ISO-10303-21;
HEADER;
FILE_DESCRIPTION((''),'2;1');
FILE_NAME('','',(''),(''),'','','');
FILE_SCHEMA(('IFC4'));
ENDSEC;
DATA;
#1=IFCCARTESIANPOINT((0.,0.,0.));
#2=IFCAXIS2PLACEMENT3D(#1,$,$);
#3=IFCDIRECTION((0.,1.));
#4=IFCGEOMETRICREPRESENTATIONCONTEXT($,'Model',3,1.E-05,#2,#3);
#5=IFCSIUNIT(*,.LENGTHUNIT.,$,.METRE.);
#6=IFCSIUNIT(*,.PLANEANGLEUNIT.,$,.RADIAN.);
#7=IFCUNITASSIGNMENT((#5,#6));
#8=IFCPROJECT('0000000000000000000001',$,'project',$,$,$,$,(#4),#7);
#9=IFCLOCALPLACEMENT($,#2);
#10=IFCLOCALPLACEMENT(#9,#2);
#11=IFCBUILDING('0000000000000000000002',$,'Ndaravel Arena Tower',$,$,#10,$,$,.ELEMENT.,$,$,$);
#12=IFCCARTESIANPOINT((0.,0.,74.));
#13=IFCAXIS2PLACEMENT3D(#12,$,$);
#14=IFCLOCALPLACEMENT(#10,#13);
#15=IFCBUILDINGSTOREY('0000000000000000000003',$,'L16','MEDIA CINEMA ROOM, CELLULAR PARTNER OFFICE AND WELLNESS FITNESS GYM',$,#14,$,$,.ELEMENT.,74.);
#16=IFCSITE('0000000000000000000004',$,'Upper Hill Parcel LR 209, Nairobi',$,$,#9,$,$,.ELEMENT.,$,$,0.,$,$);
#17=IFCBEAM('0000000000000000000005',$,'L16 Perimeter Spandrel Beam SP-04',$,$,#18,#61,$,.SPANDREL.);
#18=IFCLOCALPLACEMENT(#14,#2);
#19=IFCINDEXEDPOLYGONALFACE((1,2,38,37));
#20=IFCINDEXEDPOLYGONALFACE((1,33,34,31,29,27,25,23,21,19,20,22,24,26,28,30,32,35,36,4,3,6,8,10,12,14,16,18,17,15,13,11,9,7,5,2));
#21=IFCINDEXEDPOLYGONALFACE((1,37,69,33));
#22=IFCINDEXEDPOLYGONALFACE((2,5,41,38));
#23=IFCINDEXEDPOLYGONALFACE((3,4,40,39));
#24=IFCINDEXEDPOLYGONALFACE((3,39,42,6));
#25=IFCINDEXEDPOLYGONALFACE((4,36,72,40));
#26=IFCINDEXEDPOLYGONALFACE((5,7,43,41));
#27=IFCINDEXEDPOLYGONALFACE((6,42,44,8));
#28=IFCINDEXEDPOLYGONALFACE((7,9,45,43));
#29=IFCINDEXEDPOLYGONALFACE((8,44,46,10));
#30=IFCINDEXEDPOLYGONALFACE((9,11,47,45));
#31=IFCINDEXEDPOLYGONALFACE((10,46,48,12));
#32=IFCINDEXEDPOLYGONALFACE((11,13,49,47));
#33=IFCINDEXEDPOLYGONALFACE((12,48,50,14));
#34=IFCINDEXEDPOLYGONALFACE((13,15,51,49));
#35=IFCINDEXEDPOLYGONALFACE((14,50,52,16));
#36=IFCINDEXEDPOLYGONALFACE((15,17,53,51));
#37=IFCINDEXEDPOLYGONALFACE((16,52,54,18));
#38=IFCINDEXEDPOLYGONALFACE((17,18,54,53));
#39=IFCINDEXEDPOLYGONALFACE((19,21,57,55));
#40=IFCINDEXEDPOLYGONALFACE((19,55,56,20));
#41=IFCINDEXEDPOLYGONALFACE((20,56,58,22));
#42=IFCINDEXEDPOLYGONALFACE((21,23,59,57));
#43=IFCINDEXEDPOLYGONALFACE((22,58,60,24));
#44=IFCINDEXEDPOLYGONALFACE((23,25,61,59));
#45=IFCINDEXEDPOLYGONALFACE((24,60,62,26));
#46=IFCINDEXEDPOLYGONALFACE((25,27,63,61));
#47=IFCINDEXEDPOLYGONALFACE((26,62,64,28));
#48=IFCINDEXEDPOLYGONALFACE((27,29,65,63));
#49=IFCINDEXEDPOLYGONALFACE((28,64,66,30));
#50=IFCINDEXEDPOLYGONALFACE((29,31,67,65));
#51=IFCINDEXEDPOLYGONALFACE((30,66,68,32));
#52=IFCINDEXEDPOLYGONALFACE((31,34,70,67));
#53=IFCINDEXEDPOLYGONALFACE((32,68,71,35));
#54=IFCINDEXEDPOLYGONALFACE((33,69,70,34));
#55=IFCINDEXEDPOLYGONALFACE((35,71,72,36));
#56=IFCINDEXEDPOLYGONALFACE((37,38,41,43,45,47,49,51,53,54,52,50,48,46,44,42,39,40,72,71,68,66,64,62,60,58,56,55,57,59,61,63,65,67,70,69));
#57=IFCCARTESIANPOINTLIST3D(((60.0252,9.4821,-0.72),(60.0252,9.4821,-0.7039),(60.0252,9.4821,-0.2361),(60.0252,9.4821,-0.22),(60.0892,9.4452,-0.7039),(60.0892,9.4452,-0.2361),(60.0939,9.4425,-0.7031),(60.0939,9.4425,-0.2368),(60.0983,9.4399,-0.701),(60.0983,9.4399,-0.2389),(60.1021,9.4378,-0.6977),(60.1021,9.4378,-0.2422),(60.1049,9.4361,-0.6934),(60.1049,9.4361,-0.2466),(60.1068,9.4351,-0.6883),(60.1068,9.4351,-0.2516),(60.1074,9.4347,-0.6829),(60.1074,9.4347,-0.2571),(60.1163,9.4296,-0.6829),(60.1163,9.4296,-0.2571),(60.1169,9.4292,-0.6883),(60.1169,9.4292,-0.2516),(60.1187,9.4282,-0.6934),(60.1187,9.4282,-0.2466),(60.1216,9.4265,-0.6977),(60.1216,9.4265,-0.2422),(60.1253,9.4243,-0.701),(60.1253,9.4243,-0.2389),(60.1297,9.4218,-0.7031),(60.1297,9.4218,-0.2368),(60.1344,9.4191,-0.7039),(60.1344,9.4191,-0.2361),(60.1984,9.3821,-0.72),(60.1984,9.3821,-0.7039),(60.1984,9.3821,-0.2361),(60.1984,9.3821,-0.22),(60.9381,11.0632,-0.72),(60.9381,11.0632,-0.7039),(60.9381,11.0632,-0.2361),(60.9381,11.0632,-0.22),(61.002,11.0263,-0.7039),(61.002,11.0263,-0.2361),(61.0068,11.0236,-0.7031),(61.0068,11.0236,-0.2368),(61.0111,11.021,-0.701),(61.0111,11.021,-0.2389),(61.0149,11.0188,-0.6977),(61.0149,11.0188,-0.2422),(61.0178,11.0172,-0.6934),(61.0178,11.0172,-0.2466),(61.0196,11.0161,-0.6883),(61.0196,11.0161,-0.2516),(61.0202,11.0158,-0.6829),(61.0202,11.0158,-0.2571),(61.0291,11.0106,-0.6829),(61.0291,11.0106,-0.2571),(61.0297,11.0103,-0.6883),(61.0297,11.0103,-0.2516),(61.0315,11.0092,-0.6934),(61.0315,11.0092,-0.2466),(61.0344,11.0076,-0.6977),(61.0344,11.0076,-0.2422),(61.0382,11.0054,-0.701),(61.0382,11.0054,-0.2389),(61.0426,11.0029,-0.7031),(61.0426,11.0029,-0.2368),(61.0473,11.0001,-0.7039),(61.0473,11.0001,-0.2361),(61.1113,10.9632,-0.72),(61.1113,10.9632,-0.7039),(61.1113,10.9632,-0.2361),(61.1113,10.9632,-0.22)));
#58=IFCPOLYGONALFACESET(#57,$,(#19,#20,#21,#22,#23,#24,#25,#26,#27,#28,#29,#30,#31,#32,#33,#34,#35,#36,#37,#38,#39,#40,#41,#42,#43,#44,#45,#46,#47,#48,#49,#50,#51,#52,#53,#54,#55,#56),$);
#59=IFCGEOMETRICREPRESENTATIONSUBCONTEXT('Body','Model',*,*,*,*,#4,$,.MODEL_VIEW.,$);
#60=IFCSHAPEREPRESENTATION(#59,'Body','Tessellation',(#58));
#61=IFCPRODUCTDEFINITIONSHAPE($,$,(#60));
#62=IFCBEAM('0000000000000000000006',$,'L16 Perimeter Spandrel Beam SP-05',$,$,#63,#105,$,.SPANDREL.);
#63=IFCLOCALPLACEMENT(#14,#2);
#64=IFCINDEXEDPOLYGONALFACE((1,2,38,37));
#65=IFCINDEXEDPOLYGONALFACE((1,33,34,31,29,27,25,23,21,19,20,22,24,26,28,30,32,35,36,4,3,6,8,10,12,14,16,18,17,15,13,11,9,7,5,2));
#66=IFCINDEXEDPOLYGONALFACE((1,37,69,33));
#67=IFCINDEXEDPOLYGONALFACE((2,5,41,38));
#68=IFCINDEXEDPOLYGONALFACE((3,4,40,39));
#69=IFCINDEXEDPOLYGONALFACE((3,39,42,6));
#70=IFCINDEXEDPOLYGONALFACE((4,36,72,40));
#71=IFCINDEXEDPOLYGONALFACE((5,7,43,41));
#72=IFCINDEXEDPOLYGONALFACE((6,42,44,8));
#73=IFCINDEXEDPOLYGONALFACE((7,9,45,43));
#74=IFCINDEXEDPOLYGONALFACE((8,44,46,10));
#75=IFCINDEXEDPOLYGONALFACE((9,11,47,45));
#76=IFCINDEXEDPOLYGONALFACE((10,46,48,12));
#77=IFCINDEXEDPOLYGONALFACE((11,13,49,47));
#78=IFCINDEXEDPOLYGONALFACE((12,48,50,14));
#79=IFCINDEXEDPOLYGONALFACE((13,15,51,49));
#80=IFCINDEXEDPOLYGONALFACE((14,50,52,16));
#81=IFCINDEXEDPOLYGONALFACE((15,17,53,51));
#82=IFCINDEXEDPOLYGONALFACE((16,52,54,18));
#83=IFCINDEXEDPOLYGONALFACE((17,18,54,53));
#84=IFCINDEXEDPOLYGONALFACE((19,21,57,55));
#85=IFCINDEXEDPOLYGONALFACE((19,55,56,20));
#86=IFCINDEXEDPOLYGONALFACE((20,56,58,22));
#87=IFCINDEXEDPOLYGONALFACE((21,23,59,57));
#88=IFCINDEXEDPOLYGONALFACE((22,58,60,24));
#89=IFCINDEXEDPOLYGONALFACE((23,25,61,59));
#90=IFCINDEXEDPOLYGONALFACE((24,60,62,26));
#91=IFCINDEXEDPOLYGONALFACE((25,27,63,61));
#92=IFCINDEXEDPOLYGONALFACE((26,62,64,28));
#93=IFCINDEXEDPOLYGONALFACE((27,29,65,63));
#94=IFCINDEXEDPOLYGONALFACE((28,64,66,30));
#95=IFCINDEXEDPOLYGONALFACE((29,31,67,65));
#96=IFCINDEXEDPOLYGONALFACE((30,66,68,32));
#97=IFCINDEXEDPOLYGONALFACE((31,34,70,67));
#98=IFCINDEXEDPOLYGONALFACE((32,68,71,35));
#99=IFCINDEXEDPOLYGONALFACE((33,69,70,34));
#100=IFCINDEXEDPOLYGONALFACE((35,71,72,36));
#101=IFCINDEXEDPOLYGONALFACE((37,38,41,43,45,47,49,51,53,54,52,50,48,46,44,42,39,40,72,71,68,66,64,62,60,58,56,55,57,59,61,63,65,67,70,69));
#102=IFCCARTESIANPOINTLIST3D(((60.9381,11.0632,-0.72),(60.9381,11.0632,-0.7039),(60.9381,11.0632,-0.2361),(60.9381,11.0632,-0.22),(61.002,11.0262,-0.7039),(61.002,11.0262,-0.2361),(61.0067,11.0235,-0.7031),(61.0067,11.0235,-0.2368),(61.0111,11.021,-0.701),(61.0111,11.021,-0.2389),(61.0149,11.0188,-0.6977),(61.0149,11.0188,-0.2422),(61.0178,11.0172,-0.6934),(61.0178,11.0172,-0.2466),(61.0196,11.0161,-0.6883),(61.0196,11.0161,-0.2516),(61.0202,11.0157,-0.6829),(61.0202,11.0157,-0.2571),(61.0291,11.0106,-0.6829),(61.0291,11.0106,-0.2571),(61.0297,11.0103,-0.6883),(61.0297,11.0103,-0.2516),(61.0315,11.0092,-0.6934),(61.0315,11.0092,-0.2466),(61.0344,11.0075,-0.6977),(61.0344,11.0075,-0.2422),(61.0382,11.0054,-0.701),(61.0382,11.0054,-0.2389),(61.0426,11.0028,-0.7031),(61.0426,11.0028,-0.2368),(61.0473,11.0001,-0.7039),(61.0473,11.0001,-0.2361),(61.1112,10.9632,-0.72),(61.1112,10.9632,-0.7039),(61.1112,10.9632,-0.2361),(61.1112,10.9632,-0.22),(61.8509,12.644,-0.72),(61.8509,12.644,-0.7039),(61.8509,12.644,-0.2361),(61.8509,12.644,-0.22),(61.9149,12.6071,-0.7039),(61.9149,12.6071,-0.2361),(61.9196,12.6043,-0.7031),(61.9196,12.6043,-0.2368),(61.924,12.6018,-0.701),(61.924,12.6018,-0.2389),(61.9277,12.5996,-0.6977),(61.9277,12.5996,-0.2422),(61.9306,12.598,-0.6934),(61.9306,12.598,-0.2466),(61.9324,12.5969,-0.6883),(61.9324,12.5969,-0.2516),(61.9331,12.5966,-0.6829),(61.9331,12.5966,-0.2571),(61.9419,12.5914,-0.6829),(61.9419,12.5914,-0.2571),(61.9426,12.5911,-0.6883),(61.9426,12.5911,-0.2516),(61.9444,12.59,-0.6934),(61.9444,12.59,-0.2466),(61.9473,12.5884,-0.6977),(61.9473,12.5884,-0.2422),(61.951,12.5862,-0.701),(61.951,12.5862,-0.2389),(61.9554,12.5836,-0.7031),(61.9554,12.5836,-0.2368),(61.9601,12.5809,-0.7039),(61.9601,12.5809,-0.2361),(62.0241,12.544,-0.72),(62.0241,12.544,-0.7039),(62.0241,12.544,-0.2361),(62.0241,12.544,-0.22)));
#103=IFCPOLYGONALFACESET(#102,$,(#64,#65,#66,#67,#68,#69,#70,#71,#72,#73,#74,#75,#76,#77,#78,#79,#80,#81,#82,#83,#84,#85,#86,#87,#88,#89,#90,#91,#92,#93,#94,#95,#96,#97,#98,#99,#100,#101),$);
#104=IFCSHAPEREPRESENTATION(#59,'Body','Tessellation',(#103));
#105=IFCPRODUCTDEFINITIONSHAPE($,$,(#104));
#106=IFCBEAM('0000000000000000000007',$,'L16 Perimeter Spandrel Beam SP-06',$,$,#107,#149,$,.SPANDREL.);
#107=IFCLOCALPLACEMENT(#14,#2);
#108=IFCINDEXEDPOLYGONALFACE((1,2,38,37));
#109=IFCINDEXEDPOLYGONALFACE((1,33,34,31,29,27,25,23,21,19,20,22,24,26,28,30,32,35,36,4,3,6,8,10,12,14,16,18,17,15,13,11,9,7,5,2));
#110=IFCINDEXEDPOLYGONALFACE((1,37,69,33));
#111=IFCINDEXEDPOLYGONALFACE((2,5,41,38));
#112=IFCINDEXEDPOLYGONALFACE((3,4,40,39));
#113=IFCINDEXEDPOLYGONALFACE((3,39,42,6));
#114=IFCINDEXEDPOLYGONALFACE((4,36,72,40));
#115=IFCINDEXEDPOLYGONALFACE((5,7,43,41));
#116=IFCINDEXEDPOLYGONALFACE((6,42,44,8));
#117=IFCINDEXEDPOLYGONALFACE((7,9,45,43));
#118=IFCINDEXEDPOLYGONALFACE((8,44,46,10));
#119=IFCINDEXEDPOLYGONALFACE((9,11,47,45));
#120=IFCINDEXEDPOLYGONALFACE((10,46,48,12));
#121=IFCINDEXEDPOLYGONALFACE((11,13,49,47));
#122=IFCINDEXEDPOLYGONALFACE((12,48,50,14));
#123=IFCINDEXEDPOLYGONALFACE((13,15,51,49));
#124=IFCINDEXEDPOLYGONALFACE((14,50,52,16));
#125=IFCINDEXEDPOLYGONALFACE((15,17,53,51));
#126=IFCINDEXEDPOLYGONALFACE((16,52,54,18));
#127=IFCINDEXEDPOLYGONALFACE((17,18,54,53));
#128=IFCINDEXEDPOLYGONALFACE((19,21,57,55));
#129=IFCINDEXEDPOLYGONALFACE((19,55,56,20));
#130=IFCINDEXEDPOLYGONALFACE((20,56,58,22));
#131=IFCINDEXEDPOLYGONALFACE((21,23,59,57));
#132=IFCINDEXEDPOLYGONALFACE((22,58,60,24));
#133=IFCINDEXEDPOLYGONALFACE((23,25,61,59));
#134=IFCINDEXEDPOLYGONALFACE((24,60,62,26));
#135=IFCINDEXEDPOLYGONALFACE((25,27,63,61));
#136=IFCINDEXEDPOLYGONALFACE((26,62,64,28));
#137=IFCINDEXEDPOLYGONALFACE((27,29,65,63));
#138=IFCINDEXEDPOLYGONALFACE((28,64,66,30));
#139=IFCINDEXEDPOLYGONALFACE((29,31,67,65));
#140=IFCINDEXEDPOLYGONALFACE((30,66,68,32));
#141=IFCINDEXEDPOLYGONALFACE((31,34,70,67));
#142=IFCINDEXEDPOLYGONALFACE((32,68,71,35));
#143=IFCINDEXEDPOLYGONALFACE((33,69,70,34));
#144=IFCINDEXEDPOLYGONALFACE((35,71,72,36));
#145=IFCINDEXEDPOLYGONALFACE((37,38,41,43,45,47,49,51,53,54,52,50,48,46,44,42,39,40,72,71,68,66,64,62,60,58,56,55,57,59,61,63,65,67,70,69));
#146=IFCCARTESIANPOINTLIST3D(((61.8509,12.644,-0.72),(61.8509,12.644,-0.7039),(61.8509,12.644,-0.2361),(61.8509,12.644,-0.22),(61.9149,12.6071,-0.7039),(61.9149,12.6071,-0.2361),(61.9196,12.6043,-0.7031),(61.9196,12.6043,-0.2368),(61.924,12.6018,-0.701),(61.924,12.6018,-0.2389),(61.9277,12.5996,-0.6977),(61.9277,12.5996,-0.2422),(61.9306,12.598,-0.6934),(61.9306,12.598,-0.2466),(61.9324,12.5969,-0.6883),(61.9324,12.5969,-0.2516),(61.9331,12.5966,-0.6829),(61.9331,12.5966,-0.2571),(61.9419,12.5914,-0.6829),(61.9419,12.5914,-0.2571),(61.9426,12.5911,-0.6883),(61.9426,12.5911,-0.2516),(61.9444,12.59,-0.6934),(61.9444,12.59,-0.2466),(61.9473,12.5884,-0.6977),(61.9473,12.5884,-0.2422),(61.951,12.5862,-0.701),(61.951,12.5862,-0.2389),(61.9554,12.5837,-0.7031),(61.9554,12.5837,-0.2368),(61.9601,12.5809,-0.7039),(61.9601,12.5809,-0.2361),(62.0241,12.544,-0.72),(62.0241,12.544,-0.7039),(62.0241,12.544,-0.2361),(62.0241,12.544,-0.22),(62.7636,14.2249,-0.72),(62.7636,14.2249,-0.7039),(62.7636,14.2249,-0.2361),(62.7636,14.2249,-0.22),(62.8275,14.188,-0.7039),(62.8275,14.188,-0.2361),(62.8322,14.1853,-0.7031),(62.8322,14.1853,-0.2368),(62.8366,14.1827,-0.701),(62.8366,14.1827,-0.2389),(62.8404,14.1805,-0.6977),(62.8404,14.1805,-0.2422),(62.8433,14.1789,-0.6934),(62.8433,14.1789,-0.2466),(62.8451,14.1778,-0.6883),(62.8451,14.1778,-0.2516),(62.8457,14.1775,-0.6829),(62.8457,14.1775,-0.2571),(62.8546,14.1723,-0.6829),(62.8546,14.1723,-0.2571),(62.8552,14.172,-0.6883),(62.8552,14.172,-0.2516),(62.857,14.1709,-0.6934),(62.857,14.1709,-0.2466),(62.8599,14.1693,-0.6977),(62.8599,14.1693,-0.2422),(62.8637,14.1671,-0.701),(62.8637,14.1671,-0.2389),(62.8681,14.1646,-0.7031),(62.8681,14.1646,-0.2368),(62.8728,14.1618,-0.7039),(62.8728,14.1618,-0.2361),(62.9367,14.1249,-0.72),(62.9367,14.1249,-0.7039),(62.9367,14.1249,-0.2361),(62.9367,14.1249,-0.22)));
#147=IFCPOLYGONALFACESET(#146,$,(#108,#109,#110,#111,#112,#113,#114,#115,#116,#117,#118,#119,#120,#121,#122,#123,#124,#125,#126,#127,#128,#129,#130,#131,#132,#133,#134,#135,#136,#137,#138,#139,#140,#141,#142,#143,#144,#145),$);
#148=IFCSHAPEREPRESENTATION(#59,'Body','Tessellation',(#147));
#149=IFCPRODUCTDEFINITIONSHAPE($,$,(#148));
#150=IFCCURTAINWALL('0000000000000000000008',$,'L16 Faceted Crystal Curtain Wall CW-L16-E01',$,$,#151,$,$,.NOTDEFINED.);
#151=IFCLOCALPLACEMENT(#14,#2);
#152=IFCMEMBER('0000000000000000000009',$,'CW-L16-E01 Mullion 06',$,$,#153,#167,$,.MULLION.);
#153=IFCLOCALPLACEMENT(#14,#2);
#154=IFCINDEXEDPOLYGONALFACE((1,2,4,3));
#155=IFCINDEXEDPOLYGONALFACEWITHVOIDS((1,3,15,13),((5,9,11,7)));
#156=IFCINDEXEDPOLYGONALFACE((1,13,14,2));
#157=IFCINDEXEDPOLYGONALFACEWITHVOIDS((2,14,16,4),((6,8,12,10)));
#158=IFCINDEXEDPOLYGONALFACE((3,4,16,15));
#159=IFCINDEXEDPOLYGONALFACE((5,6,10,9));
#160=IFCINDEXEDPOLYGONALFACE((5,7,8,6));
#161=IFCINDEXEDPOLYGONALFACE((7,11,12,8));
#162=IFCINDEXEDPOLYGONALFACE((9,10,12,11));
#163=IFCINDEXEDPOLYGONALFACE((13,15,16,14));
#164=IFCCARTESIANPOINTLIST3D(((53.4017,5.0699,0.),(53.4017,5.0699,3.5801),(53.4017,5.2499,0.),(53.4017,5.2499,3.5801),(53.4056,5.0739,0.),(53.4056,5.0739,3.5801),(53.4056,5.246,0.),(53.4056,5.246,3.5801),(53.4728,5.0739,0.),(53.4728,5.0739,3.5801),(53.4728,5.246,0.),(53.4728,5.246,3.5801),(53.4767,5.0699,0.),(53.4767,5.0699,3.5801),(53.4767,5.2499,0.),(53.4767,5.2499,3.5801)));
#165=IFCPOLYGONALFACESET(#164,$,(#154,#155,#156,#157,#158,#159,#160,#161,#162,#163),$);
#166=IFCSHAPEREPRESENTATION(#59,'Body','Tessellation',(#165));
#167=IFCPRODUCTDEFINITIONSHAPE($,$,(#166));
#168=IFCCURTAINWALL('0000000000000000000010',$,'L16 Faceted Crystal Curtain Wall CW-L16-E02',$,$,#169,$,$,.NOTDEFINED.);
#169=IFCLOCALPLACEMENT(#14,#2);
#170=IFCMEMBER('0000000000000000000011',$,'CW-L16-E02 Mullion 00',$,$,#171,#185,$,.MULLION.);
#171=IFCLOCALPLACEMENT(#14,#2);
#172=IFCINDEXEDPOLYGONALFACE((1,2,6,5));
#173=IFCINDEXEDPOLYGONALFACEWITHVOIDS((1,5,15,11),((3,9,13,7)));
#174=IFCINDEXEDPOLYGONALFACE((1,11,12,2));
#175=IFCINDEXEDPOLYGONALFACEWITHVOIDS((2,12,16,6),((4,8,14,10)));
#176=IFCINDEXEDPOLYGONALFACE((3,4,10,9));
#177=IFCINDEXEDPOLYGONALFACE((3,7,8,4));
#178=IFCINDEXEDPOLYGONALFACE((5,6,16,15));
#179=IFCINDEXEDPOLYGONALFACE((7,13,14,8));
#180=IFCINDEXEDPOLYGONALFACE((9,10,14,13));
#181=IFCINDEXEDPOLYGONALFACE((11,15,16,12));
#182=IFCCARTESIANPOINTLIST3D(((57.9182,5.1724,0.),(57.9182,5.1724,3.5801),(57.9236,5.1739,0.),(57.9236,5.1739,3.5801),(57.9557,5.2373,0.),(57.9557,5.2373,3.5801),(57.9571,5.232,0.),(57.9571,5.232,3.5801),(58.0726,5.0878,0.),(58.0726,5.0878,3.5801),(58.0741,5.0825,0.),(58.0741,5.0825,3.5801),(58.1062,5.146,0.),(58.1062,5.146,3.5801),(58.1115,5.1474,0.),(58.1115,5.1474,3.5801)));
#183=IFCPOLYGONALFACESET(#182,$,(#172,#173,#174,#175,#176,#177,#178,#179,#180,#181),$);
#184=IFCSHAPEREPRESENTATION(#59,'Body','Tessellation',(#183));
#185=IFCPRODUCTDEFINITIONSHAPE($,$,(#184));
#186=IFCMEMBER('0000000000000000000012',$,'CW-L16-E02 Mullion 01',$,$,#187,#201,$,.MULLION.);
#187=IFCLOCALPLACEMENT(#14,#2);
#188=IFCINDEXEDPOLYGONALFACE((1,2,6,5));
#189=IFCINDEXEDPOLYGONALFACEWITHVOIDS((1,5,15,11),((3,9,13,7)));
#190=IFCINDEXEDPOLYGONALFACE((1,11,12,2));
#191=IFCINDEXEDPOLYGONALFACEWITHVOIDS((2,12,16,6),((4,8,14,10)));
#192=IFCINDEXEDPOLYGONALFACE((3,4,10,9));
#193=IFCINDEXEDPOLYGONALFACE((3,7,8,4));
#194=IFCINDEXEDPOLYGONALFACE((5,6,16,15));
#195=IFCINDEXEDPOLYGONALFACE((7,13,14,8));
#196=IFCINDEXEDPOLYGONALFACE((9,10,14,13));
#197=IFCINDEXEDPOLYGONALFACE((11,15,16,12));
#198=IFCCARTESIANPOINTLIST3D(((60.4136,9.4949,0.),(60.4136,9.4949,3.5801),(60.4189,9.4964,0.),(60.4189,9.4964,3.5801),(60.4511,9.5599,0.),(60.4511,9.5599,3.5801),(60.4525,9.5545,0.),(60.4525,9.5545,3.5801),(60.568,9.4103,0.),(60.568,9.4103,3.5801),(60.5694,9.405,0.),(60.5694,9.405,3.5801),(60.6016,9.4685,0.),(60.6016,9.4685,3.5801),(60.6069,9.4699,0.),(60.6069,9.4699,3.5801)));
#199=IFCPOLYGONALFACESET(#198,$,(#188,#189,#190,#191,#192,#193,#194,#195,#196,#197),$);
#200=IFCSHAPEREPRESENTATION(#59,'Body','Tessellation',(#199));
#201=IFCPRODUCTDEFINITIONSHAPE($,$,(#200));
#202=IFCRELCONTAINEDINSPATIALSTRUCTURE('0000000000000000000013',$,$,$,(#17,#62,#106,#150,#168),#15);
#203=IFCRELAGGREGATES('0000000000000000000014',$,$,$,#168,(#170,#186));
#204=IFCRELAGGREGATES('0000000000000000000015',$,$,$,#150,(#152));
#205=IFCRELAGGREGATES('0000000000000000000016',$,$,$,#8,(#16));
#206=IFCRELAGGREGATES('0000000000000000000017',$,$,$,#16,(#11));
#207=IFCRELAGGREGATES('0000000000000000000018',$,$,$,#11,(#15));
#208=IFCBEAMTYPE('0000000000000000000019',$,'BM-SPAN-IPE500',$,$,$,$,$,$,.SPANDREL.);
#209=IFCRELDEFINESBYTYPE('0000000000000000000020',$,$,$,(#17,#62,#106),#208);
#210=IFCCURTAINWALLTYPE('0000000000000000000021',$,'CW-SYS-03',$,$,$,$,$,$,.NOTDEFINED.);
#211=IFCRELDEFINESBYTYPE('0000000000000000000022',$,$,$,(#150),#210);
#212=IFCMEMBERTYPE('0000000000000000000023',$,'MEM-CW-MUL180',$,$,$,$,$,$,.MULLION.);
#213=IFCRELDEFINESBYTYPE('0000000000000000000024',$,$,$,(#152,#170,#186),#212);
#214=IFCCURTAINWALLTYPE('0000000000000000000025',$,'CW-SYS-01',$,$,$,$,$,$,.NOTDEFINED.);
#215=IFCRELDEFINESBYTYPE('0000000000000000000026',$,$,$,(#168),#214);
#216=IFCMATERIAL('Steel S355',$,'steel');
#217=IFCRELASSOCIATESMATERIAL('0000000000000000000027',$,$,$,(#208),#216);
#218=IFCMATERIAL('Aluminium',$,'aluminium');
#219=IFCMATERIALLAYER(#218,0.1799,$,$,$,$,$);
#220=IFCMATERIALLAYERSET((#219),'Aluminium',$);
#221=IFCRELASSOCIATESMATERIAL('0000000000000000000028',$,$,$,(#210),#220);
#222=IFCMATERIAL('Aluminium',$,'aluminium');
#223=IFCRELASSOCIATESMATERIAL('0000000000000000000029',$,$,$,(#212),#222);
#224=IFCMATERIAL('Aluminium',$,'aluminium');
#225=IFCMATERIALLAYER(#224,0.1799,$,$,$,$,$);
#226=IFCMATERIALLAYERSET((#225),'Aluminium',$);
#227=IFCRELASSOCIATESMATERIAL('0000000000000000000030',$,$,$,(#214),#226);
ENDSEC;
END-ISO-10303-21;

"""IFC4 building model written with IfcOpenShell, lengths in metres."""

from ifc_helpers import new_model, si_unit, direction, frame, origin, origin_2d, place, context, subcontext, project, spatial, hollow_rectangle, i_section, extrude, material, layer, layer_set, material_profile, profile_set, type_object, element, aggregate, save


model = new_model("IFC4")

# Units and contexts
model_context = context("Model", 3, precision=1e-05, world=origin(), true_north=direction((0.0, 1.0)))
body_context = subcontext(model_context, "Body", "Model", "MODEL_VIEW")
ifc_project = project(units=[si_unit("LENGTHUNIT", "METRE"), si_unit("PLANEANGLEUNIT", "RADIAN")], contexts=[model_context])

# Site, building, storey
site_placement = place(None, origin())
site = spatial("IfcSite", under=ifc_project, at=site_placement, Name="Upper Hill Parcel LR 209, Nairobi", CompositionType="ELEMENT", RefElevation=0.0)
building_placement = place(site_placement, origin())
building = spatial("IfcBuilding", under=site, at=building_placement, Name="Ndaravel Arena Tower", CompositionType="ELEMENT")
storey_placement = place(building_placement, frame((0.0, 0.0, 74.0)))
storey = spatial("IfcBuildingStorey", under=building, at=storey_placement, Name="L16", Description="MEDIA CINEMA ROOM, CELLULAR PARTNER OFFICE AND WELLNESS FITNESS GYM", CompositionType="ELEMENT", Elevation=74.0)

# Beams
ifc_material_1 = material(Name="Steel S355", Category="steel")
ifc_material_profile_1 = material_profile(ifc_material_1, i_section(OverallWidth=0.2, OverallDepth=0.5, WebThickness=0.0103, FlangeThickness=0.0161, FilletRadius=0.021, at=origin_2d()), Name="IPE 500")
ifc_profile_set_1 = profile_set([ifc_material_profile_1], Name="Steel S355")
beam_type = type_object("IfcBeamType", Name="BM-SPAN-IPE500", PredefinedType="SPANDREL", material=ifc_profile_set_1)
beam_placement = place(storey_placement, frame((60.1118, 9.4321, -0.47), z_axis=(0.500008, 0.866021, 0.0), x_axis=(-0.866021, 0.500008, 0.0)))
element("IfcBeam", 1, at=beam_placement, inside=storey, type_object=beam_type, Name="L16 Perimeter Spandrel Beam SP-04", PredefinedType="SPANDREL", context=body_context, shape_type="SweptSolid", body=[
    extrude(i_section(OverallWidth=0.2, OverallDepth=0.5, WebThickness=0.0103, FlangeThickness=0.0161, FilletRadius=0.021, at=origin_2d()), origin(), (0.0, 0.0, 1.0), 1.8257),
])
for number, where, z_axis, x_axis, name in (
    (2, (61.0247, 11.0132, -0.47), (0.500066, 0.865987, 0.0), (-0.865987, 0.500066, 0.0), "L16 Perimeter Spandrel Beam SP-05"),
    (3, (61.9375, 12.594, -0.47), (0.499966, 0.866045, 0.0), (-0.866045, 0.499966, 0.0), "L16 Perimeter Spandrel Beam SP-06"),
):
    element("IfcBeam", number, at=place(storey_placement, frame(where, z_axis=z_axis, x_axis=x_axis)), inside=storey, type_object=beam_type, Name=name, PredefinedType="SPANDREL", context=body_context, shape_type="SweptSolid", body=[
        extrude(i_section(OverallWidth=0.2, OverallDepth=0.5, WebThickness=0.0103, FlangeThickness=0.0161, FilletRadius=0.021, at=origin_2d()), origin(), (0.0, 0.0, 1.0), 1.8254),
    ])

# Curtain wall, member
ifc_material_2 = material(Name="Aluminium", Category="aluminium")
ifc_layer_1 = layer(ifc_material_2, 0.1799)
ifc_layer_set_1 = layer_set([ifc_layer_1], Name="Aluminium")
curtain_wall_type_1 = type_object("IfcCurtainWallType", Name="CW-SYS-03", PredefinedType="NOTDEFINED", material=ifc_layer_set_1)
curtain_wall_1_placement = place(storey_placement, origin())
curtain_wall_1 = element("IfcCurtainWall", 4, at=curtain_wall_1_placement, inside=storey, type_object=curtain_wall_type_1, Name="L16 Faceted Crystal Curtain Wall CW-L16-E01", PredefinedType="NOTDEFINED")
ifc_material_3 = material(Name="Aluminium", Category="aluminium")
ifc_material_profile_2 = material_profile(ifc_material_3, hollow_rectangle(XDim=0.075, YDim=0.1799, WallThickness=0.0039, at=origin_2d()), Name="CW MULLION 75x180x4")
ifc_profile_set_2 = profile_set([ifc_material_profile_2], Name="Aluminium")
member_type_1 = type_object("IfcMemberType", Name="MEM-CW-MUL180", PredefinedType="MULLION", material=ifc_profile_set_2)
member_1_placement = place(storey_placement, frame((53.4392, 5.1599, 0.0), z_axis=(0.0, 0.0, 1.0), x_axis=(1.0, 0.0, 0.0)))
member_1 = element("IfcMember", 5, at=member_1_placement, type_object=member_type_1, Name="CW-L16-E01 Mullion 06", PredefinedType="MULLION", context=body_context, shape_type="SweptSolid", body=[
    extrude(hollow_rectangle(XDim=0.075, YDim=0.1799, WallThickness=0.0039, at=origin_2d()), origin(), (0.0, 0.0, 1.0), 3.5801),
])

# Curtain wall, members
ifc_material_4 = material(Name="Aluminium", Category="aluminium")
ifc_layer_2 = layer(ifc_material_4, 0.1799)
ifc_layer_set_2 = layer_set([ifc_layer_2], Name="Aluminium")
curtain_wall_type_2 = type_object("IfcCurtainWallType", Name="CW-SYS-01", PredefinedType="NOTDEFINED", material=ifc_layer_set_2)
curtain_wall_2_placement = place(storey_placement, origin())
curtain_wall_2 = element("IfcCurtainWall", 6, at=curtain_wall_2_placement, inside=storey, type_object=curtain_wall_type_2, Name="L16 Faceted Crystal Curtain Wall CW-L16-E02", PredefinedType="NOTDEFINED")
member_2_placement = place(storey_placement, frame((58.0149, 5.1599, 0.0), z_axis=(0.0, 0.0, 1.0), x_axis=(0.5, 0.866025, 0.0)))
member_2 = element("IfcMember", 7, at=member_2_placement, type_object=member_type_1, Name="CW-L16-E02 Mullion 00", PredefinedType="MULLION", context=body_context, shape_type="SweptSolid", body=[
    extrude(hollow_rectangle(XDim=0.075, YDim=0.1799, WallThickness=0.0039, at=origin_2d()), origin(), (0.0, 0.0, 1.0), 3.5801),
])
member_3_placement = place(storey_placement, frame((60.5103, 9.4824, 0.0), z_axis=(0.0, 0.0, 1.0), x_axis=(0.5, 0.866025, 0.0)))
member_3 = element("IfcMember", 8, at=member_3_placement, type_object=member_type_1, Name="CW-L16-E02 Mullion 01", PredefinedType="MULLION", context=body_context, shape_type="SweptSolid", body=[
    extrude(hollow_rectangle(XDim=0.075, YDim=0.1799, WallThickness=0.0039, at=origin_2d()), origin(), (0.0, 0.0, 1.0), 3.5801),
])
aggregate(curtain_wall_2, [member_2, member_3])

aggregate(curtain_wall_1, [member_1])

save(model, "model.ifc")
